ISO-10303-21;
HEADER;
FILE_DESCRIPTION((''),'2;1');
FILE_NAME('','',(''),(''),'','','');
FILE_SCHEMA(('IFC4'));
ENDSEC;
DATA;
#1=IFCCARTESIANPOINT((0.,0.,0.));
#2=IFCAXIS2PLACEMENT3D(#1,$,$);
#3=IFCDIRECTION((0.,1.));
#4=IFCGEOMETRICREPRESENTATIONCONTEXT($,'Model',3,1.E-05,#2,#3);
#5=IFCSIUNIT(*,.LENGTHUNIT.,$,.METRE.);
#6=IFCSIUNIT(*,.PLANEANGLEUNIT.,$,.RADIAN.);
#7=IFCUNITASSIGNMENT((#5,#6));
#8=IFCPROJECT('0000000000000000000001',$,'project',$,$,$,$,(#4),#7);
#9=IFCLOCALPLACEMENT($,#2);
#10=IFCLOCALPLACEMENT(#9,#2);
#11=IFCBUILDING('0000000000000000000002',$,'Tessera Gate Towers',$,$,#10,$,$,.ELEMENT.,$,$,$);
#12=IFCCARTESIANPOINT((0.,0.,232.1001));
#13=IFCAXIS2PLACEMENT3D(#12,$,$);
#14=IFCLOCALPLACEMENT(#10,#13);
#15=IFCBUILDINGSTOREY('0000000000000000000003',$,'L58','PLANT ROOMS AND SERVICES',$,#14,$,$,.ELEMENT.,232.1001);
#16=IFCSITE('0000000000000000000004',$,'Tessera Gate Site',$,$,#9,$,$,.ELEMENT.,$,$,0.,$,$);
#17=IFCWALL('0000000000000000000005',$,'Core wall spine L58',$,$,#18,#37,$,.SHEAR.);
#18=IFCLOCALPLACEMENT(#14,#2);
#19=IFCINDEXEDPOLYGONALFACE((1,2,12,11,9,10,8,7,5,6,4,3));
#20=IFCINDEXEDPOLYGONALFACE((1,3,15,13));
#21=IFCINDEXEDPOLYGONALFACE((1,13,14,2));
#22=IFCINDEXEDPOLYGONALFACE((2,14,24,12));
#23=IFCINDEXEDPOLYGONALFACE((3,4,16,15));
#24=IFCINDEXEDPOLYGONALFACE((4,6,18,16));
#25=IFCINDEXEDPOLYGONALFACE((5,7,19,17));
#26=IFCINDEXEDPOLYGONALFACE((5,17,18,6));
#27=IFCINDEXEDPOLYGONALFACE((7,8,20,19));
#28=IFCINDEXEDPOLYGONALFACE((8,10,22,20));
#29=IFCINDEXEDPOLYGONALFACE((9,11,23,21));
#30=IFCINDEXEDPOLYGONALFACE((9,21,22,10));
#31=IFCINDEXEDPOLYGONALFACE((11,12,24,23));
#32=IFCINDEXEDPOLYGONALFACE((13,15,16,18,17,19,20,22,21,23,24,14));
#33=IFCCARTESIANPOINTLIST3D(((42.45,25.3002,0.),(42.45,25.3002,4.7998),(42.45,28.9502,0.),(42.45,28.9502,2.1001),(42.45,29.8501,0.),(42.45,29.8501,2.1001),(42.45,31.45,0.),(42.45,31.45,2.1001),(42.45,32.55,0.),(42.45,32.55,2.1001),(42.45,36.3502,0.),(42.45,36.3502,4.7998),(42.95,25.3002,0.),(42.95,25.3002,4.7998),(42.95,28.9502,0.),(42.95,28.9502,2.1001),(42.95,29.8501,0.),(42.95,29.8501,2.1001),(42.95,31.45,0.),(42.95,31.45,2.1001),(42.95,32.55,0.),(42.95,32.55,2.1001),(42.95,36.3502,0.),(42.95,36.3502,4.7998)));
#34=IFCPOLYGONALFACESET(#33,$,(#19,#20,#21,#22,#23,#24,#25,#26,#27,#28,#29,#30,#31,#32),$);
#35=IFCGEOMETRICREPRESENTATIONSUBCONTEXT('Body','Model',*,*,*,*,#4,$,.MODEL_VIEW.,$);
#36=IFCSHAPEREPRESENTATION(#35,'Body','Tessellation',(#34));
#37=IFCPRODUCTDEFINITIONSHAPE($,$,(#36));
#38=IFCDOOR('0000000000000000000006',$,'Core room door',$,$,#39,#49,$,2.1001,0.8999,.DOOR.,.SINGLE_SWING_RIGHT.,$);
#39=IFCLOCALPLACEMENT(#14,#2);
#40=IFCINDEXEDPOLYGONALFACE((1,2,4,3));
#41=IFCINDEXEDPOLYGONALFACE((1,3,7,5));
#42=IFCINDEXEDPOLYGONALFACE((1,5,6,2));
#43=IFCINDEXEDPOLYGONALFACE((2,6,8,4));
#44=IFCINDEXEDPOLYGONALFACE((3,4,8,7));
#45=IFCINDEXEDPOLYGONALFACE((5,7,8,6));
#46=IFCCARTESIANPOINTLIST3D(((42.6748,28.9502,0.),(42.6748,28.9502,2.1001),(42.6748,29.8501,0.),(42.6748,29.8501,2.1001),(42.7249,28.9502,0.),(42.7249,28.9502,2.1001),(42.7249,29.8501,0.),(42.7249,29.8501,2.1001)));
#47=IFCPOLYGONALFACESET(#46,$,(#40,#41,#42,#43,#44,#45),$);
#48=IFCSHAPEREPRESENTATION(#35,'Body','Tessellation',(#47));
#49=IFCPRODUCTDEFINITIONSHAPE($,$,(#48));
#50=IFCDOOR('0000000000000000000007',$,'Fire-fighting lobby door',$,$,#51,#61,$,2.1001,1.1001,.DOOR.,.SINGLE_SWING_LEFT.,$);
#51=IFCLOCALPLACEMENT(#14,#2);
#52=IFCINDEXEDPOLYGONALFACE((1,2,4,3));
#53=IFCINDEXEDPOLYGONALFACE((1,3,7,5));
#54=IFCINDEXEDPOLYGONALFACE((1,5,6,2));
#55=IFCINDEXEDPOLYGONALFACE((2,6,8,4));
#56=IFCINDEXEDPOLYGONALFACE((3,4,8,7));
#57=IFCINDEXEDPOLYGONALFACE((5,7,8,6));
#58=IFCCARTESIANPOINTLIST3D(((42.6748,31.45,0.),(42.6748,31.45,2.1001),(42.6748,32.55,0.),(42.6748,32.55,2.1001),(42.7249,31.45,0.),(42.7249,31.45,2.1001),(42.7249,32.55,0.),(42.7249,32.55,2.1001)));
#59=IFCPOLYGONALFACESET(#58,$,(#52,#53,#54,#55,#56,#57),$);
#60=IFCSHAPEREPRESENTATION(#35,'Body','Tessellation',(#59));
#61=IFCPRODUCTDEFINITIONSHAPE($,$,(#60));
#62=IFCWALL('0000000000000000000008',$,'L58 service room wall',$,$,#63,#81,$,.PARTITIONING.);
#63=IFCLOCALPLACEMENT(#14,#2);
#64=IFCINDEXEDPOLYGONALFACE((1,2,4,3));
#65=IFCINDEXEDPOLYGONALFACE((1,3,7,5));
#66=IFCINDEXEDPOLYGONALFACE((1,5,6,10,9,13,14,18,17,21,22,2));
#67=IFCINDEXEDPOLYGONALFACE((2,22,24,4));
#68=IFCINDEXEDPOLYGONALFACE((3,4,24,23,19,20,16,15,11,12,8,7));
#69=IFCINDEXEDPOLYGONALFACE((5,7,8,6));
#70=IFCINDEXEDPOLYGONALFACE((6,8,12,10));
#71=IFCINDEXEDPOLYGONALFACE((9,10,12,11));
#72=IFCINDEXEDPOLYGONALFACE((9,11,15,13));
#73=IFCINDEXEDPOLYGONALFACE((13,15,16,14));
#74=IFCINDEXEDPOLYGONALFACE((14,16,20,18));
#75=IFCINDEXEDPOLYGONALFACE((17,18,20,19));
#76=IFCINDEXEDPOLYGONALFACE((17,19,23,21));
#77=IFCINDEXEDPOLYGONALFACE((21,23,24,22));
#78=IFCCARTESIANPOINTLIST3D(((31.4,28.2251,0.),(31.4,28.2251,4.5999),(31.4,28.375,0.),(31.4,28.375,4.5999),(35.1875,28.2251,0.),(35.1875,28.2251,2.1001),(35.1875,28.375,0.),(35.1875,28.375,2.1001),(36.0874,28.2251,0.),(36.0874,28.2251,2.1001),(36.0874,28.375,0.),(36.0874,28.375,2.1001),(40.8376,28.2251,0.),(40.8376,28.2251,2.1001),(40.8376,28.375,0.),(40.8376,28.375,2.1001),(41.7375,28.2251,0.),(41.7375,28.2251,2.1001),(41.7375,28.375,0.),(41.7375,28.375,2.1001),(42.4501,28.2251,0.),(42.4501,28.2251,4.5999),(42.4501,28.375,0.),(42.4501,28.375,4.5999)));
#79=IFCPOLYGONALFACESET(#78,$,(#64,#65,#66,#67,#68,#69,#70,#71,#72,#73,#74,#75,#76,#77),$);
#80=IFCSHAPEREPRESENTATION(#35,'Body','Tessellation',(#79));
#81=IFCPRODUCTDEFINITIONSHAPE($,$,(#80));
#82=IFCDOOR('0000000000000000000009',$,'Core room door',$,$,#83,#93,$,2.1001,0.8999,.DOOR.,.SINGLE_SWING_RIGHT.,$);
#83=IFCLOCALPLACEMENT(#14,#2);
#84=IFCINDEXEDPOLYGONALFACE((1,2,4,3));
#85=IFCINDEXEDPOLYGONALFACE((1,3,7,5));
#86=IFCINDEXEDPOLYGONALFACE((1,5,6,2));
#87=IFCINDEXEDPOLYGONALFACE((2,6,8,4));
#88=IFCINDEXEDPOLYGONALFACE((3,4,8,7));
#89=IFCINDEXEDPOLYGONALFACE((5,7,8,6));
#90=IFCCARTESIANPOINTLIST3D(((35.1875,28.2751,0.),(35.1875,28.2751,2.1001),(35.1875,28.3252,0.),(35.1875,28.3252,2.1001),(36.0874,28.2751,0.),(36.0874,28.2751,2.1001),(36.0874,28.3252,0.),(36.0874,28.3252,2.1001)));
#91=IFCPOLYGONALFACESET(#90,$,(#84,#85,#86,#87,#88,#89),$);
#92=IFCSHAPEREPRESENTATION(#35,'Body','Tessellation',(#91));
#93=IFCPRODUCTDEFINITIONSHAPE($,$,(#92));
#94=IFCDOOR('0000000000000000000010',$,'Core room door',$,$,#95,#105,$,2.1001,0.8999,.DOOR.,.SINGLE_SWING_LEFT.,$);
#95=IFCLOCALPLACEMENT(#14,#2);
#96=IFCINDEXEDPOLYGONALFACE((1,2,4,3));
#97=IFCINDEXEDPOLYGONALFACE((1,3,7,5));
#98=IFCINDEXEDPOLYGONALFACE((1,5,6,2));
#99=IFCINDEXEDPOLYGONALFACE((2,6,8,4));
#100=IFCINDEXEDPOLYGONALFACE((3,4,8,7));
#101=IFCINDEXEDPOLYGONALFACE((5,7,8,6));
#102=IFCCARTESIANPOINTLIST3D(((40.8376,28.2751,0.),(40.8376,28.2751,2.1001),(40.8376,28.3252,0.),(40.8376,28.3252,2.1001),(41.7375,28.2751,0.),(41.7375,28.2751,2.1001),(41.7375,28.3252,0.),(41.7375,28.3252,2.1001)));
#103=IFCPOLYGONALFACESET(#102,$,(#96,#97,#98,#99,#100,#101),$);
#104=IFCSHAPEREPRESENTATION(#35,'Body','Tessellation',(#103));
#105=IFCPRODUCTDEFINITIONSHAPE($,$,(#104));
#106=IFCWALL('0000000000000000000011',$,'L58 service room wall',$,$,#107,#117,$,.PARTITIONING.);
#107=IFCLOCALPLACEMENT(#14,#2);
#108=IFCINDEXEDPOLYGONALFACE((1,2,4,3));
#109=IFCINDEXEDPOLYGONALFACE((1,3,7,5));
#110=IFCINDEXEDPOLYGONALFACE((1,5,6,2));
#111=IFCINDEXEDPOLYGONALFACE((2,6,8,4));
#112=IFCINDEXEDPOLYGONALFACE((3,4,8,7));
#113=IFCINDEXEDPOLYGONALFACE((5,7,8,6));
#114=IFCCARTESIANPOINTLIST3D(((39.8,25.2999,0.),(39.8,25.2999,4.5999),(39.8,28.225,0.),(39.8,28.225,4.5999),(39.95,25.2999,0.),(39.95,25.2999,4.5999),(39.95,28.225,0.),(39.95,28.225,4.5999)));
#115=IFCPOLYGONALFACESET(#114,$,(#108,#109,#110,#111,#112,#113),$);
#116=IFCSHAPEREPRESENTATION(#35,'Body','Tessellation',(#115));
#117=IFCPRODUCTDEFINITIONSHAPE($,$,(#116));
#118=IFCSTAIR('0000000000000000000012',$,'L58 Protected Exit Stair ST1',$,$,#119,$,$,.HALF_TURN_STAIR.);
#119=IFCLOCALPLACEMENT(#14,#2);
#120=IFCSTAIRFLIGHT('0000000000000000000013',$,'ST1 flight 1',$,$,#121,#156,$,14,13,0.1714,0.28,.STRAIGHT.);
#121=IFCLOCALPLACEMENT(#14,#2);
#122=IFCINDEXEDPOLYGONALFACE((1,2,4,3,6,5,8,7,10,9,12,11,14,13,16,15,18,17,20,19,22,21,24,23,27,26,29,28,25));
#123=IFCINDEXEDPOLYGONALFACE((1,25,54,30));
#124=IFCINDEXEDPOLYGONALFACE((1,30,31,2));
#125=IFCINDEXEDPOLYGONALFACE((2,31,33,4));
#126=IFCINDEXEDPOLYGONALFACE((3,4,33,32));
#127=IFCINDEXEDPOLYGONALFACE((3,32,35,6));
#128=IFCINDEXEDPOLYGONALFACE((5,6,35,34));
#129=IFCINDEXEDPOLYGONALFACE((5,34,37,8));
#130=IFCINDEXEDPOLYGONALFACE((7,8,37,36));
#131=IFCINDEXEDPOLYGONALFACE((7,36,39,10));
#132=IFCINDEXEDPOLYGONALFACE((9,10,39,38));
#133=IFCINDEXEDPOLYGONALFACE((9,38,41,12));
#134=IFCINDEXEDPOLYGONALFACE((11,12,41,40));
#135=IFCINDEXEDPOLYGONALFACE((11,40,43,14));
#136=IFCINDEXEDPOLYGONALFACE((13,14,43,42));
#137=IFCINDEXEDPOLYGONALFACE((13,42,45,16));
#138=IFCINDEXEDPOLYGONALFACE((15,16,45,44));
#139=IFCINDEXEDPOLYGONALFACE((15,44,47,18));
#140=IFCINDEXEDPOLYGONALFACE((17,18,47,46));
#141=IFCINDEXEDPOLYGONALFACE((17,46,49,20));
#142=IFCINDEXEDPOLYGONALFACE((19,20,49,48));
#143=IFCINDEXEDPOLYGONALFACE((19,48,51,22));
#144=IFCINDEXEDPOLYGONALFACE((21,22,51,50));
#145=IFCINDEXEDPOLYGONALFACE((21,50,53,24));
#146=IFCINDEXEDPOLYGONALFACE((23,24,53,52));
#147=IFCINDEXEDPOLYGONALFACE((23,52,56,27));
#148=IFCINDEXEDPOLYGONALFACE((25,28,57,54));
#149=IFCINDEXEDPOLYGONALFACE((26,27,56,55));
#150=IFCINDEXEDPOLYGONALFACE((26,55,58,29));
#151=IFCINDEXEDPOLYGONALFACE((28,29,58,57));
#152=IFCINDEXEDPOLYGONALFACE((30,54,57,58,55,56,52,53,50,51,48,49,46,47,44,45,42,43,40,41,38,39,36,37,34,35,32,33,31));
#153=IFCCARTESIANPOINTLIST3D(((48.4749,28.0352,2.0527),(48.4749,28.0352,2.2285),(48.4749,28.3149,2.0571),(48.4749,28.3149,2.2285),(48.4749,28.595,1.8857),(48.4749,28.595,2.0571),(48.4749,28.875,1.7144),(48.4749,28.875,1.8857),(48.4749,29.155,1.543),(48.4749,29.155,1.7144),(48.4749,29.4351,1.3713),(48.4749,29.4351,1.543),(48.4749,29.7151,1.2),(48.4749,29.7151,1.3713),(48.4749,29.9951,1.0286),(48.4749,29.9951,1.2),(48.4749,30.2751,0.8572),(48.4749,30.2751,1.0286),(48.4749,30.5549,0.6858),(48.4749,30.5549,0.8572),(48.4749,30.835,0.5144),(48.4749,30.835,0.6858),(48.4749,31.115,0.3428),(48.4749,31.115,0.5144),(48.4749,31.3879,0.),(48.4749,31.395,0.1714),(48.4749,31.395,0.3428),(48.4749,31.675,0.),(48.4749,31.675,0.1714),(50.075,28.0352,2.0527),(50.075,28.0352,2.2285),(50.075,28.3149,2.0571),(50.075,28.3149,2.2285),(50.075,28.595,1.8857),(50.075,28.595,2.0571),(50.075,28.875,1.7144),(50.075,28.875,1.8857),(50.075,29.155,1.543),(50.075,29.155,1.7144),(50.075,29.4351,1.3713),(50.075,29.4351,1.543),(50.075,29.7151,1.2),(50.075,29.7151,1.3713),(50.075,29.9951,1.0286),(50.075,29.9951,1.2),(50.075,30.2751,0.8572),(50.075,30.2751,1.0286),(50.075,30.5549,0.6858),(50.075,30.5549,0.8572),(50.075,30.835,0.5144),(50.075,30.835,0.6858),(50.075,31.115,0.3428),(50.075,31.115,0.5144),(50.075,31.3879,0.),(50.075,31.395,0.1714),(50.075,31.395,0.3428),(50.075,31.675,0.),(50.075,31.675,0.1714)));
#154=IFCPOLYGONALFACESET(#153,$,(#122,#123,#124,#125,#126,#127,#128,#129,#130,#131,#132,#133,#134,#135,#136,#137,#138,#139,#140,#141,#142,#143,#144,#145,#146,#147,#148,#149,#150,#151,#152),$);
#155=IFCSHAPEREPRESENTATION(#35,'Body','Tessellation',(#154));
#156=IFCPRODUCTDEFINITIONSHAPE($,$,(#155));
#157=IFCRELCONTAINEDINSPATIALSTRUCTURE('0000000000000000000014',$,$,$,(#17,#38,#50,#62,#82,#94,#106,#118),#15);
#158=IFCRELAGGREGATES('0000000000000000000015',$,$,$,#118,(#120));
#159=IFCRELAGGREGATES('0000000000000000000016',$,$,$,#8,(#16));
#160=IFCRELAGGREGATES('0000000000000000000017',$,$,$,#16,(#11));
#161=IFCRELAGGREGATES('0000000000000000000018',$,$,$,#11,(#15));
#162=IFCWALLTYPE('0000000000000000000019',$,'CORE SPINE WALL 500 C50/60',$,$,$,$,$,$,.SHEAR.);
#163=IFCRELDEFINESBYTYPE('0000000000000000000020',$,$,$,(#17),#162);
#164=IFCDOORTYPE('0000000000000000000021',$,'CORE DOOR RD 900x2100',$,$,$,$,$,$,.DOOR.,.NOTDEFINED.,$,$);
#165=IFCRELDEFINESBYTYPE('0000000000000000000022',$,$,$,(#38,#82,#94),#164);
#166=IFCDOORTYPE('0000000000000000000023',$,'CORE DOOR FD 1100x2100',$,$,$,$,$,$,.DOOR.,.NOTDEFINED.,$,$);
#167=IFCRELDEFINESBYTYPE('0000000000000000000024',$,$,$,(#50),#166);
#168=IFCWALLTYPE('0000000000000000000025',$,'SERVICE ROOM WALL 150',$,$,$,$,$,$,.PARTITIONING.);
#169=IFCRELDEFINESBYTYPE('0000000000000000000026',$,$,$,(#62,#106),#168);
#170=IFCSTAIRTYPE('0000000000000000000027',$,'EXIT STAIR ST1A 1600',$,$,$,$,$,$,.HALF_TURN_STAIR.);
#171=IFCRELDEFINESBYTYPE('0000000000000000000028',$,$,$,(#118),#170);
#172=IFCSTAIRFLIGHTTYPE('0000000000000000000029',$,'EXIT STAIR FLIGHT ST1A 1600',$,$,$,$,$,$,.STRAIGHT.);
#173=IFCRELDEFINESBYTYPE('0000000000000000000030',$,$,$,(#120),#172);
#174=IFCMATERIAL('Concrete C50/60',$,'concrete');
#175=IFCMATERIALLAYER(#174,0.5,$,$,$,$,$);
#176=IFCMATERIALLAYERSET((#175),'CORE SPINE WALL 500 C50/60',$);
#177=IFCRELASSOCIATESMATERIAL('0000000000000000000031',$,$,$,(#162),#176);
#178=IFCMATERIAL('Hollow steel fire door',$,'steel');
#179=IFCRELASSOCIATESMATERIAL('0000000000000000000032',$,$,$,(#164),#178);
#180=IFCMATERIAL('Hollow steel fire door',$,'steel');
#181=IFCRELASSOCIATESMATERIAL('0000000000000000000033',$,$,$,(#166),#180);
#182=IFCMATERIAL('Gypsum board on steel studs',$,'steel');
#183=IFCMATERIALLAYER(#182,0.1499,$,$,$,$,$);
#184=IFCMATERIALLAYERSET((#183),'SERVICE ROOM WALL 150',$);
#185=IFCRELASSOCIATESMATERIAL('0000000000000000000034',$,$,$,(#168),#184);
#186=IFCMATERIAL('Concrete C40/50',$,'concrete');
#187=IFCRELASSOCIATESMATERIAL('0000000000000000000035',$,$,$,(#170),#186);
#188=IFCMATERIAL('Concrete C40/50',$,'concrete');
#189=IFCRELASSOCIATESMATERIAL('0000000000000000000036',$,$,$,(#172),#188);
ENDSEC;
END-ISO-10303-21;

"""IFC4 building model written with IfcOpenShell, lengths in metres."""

from ifc_helpers import new_model, si_unit, direction, frame, frame_2d, origin, place, context, subcontext, project, spatial, polyline, rectangle, outline, extrude, source, transform, mapped, material, layer, layer_set, type_object, element, fill, aggregate, save


model = new_model("IFC4")

# Units and contexts
model_context = context("Model", 3, precision=1e-05, world=origin(), true_north=direction((0.0, 1.0)))
body_context = subcontext(model_context, "Body", "Model", "MODEL_VIEW")
ifc_project = project(units=[si_unit("LENGTHUNIT", "METRE"), si_unit("PLANEANGLEUNIT", "RADIAN")], contexts=[model_context])

# Site, building, storey
site_placement = place(None, origin())
site = spatial("IfcSite", under=ifc_project, at=site_placement, Name="Tessera Gate Site", CompositionType="ELEMENT", RefElevation=0.0)
building_placement = place(site_placement, origin())
building = spatial("IfcBuilding", under=site, at=building_placement, Name="Tessera Gate Towers", CompositionType="ELEMENT")
storey_placement = place(building_placement, frame((0.0, 0.0, 232.1001)))
storey = spatial("IfcBuildingStorey", under=building, at=storey_placement, Name="L58", Description="PLANT ROOMS AND SERVICES", CompositionType="ELEMENT", Elevation=232.1001)

# Walls, openings, doors
ifc_material_1 = material(Name="Concrete C50/60", Category="concrete")
ifc_layer_1 = layer(ifc_material_1, 0.5)
ifc_layer_set_1 = layer_set([ifc_layer_1], Name="CORE SPINE WALL 500 C50/60")
wall_type_1 = type_object("IfcWallType", Name="CORE SPINE WALL 500 C50/60", PredefinedType="SHEAR", material=ifc_layer_set_1)
wall_1_placement = place(storey_placement, frame((42.7, 36.3501, 0.0), z_axis=(0.0, 0.0, 1.0), x_axis=(0.0, -1.0, 0.0)))
wall_1 = element("IfcWall", 1, at=wall_1_placement, inside=storey, type_object=wall_type_1, Name="Core wall spine L58", PredefinedType="SHEAR", context=body_context, shape_type="SweptSolid", body=[
    extrude(rectangle(XDim=11.05, YDim=0.5, at=frame_2d((5.5249, 0.0))), origin(), (0.0, 0.0, 1.0), 4.7998),
])
shared_shape_1 = source(origin(), body_context, "Body", "SweptSolid", [
    extrude(rectangle(XDim=0.8999, YDim=2.1001, at=frame_2d((0.45, 1.05))), frame((0.0, 0.26, 0.0), z_axis=(0.0, -1.0, 0.0), x_axis=(1.0, 0.0, 0.0)), (0.0, 0.0, 1.0), 0.52),
])
opening_1_placement = place(wall_1_placement, frame((6.5, 0.0, 0.0)))
opening_1 = element("IfcOpeningElement", 2, at=opening_1_placement, cuts=wall_1, PredefinedType="OPENING", context=body_context, shape_type="MappedRepresentation", body=[
    mapped(shared_shape_1, transform((0.0, 0.0, 0.0), scale=1.0)),
])
shared_shape_2 = source(origin(), body_context, "Body", "SweptSolid", [
    extrude(rectangle(XDim=1.1001, YDim=2.1001, at=frame_2d((0.55, 1.05))), frame((0.0, 0.26, 0.0), z_axis=(0.0, -1.0, 0.0), x_axis=(1.0, 0.0, 0.0)), (0.0, 0.0, 1.0), 0.52),
])
opening_2_placement = place(wall_1_placement, frame((3.8, 0.0, 0.0)))
opening_2 = element("IfcOpeningElement", 3, at=opening_2_placement, cuts=wall_1, PredefinedType="OPENING", context=body_context, shape_type="MappedRepresentation", body=[
    mapped(shared_shape_2, transform((0.0, 0.0, 0.0), scale=1.0)),
])
ifc_material_2 = material(Name="Hollow steel fire door", Category="steel")
door_type_1 = type_object("IfcDoorType", Name="CORE DOOR RD 900x2100", OperationType="NOTDEFINED", PredefinedType="DOOR", material=ifc_material_2)
shared_shape_3 = source(origin(), body_context, "Body", "SweptSolid", [
    extrude(rectangle(XDim=0.8999, YDim=2.1001, at=frame_2d((0.45, 1.05))), frame((0.0, 0.0249, 0.0), z_axis=(0.0, -1.0, 0.0), x_axis=(1.0, 0.0, 0.0)), (0.0, 0.0, 1.0), 0.05),
])
door_1_placement = place(opening_1_placement, origin())
door_1 = element("IfcDoor", 4, at=door_1_placement, inside=storey, type_object=door_type_1, Name="Core room door", OperationType="SINGLE_SWING_RIGHT", OverallHeight=2.1001, OverallWidth=0.8999, PredefinedType="DOOR", context=body_context, shape_type="MappedRepresentation", body=[
    mapped(shared_shape_3, transform((0.0, 0.0, 0.0), scale=1.0)),
])
fill(opening_1, door_1)
ifc_material_3 = material(Name="Hollow steel fire door", Category="steel")
door_type_2 = type_object("IfcDoorType", Name="CORE DOOR FD 1100x2100", OperationType="NOTDEFINED", PredefinedType="DOOR", material=ifc_material_3)
shared_shape_4 = source(origin(), body_context, "Body", "SweptSolid", [
    extrude(rectangle(XDim=1.1001, YDim=2.1001, at=frame_2d((0.55, 1.05))), frame((0.0, 0.0249, 0.0), z_axis=(0.0, -1.0, 0.0), x_axis=(1.0, 0.0, 0.0)), (0.0, 0.0, 1.0), 0.05),
])
door_2_placement = place(opening_2_placement, origin())
door_2 = element("IfcDoor", 5, at=door_2_placement, inside=storey, type_object=door_type_2, Name="Fire-fighting lobby door", OperationType="SINGLE_SWING_LEFT", OverallHeight=2.1001, OverallWidth=1.1001, PredefinedType="DOOR", context=body_context, shape_type="MappedRepresentation", body=[
    mapped(shared_shape_4, transform((0.0, 0.0, 0.0), scale=1.0)),
])
fill(opening_2, door_2)
ifc_material_4 = material(Name="Gypsum board on steel studs", Category="steel")
ifc_layer_2 = layer(ifc_material_4, 0.1499)
ifc_layer_set_2 = layer_set([ifc_layer_2], Name="SERVICE ROOM WALL 150")
wall_type_2 = type_object("IfcWallType", Name="SERVICE ROOM WALL 150", PredefinedType="PARTITIONING", material=ifc_layer_set_2)
wall_2_placement = place(storey_placement, frame((42.45, 28.3, 0.0), z_axis=(0.0, 0.0, 1.0), x_axis=(-1.0, 0.0, 0.0)))
wall_2 = element("IfcWall", 6, at=wall_2_placement, inside=storey, type_object=wall_type_2, Name="L58 service room wall", PredefinedType="PARTITIONING", context=body_context, shape_type="SweptSolid", body=[
    extrude(rectangle(XDim=11.05, YDim=0.1499, at=frame_2d((5.5249, 0.0))), origin(), (0.0, 0.0, 1.0), 4.5999),
])
shared_shape_5 = source(origin(), body_context, "Body", "SweptSolid", [
    extrude(rectangle(XDim=0.8999, YDim=2.1001, at=frame_2d((0.45, 1.05))), frame((0.0, 0.085, 0.0), z_axis=(0.0, -1.0, 0.0), x_axis=(1.0, 0.0, 0.0)), (0.0, 0.0, 1.0), 0.1699),
])
opening_3_placement = place(wall_2_placement, frame((6.3625, 0.0, 0.0)))
opening_3 = element("IfcOpeningElement", 7, at=opening_3_placement, cuts=wall_2, PredefinedType="OPENING", context=body_context, shape_type="MappedRepresentation", body=[
    mapped(shared_shape_5, transform((0.0, 0.0, 0.0), scale=1.0)),
])
opening_4_placement = place(wall_2_placement, frame((0.7124, 0.0, 0.0)))
opening_4 = element("IfcOpeningElement", 8, at=opening_4_placement, cuts=wall_2, PredefinedType="OPENING", context=body_context, shape_type="MappedRepresentation", body=[
    mapped(shared_shape_5, transform((0.0, 0.0, 0.0), scale=1.0)),
])
door_3_placement = place(opening_3_placement, origin())
door_3 = element("IfcDoor", 9, at=door_3_placement, inside=storey, type_object=door_type_1, Name="Core room door", OperationType="SINGLE_SWING_RIGHT", OverallHeight=2.1001, OverallWidth=0.8999, PredefinedType="DOOR", context=body_context, shape_type="MappedRepresentation", body=[
    mapped(shared_shape_3, transform((0.0, 0.0, 0.0), scale=1.0)),
])
fill(opening_3, door_3)
door_4_placement = place(opening_4_placement, origin())
door_4 = element("IfcDoor", 10, at=door_4_placement, inside=storey, type_object=door_type_1, Name="Core room door", OperationType="SINGLE_SWING_LEFT", OverallHeight=2.1001, OverallWidth=0.8999, PredefinedType="DOOR", context=body_context, shape_type="MappedRepresentation", body=[
    mapped(shared_shape_3, transform((0.0, 0.0, 0.0), scale=1.0)),
])
fill(opening_4, door_4)

# Wall
wall_3_placement = place(storey_placement, frame((39.875, 25.3, 0.0), z_axis=(0.0, 0.0, 1.0), x_axis=(0.0, 1.0, 0.0)))
element("IfcWall", 11, at=wall_3_placement, inside=storey, type_object=wall_type_2, Name="L58 service room wall", PredefinedType="PARTITIONING", context=body_context, shape_type="SweptSolid", body=[
    extrude(rectangle(XDim=2.925, YDim=0.1499, at=frame_2d((1.4624, 0.0))), origin(), (0.0, 0.0, 1.0), 4.5999),
])

# Stair, stair flight
ifc_material_5 = material(Name="Concrete C40/50", Category="concrete")
stair_type = type_object("IfcStairType", Name="EXIT STAIR ST1A 1600", PredefinedType="HALF_TURN_STAIR", material=ifc_material_5)
stair_placement = place(storey_placement, origin())
stair = element("IfcStair", 12, at=stair_placement, inside=storey, type_object=stair_type, Name="L58 Protected Exit Stair ST1", PredefinedType="HALF_TURN_STAIR")
ifc_material_6 = material(Name="Concrete C40/50", Category="concrete")
stair_flight_type = type_object("IfcStairFlightType", Name="EXIT STAIR FLIGHT ST1A 1600", PredefinedType="STRAIGHT", material=ifc_material_6)
stair_flight_1_placement = place(storey_placement, frame((49.2749, 31.675, 0.0), z_axis=(0.0, 0.0, 1.0), x_axis=(0.0, -1.0, 0.0)))
stair_flight_1 = element("IfcStairFlight", 13, at=stair_flight_1_placement, type_object=stair_flight_type, Name="ST1 flight 1", NumberOfRisers=14, NumberOfTreads=13, PredefinedType="STRAIGHT", RiserHeight=0.1714, TreadLength=0.28, context=body_context, shape_type="SweptSolid", body=[
    extrude(outline(polyline([(0.0, 0.0), (0.0, 0.1714), (0.28, 0.1714), (0.28, 0.3428), (0.5601, 0.3428), (0.5601, 0.5144), (0.8401, 0.5144), (0.8401, 0.6858), (1.1201, 0.6858), (1.1201, 0.8572), (1.3999, 0.8572), (1.3999, 1.0286), (1.6799, 1.0286), (1.6799, 1.2), (1.96, 1.2), (1.96, 1.3713), (2.24, 1.3713), (2.24, 1.543), (2.52, 1.543), (2.52, 1.7144), (2.8, 1.7144), (2.8, 1.8857), (3.0801, 1.8857), (3.0801, 2.0571), (3.3601, 2.0571), (3.3601, 2.2285), (3.6399, 2.2285), (3.6399, 2.3999), (3.6399, 2.0527), (0.2871, 0.0), (0.0, 0.0)])), frame((0.0, 0.8, 0.0), z_axis=(0.0, -1.0, 0.0), x_axis=(1.0, 0.0, 0.0)), (0.0, 0.0, 1.0), 1.6001),
])
aggregate(stair, [stair_flight_1])

save(model, "model.ifc")
